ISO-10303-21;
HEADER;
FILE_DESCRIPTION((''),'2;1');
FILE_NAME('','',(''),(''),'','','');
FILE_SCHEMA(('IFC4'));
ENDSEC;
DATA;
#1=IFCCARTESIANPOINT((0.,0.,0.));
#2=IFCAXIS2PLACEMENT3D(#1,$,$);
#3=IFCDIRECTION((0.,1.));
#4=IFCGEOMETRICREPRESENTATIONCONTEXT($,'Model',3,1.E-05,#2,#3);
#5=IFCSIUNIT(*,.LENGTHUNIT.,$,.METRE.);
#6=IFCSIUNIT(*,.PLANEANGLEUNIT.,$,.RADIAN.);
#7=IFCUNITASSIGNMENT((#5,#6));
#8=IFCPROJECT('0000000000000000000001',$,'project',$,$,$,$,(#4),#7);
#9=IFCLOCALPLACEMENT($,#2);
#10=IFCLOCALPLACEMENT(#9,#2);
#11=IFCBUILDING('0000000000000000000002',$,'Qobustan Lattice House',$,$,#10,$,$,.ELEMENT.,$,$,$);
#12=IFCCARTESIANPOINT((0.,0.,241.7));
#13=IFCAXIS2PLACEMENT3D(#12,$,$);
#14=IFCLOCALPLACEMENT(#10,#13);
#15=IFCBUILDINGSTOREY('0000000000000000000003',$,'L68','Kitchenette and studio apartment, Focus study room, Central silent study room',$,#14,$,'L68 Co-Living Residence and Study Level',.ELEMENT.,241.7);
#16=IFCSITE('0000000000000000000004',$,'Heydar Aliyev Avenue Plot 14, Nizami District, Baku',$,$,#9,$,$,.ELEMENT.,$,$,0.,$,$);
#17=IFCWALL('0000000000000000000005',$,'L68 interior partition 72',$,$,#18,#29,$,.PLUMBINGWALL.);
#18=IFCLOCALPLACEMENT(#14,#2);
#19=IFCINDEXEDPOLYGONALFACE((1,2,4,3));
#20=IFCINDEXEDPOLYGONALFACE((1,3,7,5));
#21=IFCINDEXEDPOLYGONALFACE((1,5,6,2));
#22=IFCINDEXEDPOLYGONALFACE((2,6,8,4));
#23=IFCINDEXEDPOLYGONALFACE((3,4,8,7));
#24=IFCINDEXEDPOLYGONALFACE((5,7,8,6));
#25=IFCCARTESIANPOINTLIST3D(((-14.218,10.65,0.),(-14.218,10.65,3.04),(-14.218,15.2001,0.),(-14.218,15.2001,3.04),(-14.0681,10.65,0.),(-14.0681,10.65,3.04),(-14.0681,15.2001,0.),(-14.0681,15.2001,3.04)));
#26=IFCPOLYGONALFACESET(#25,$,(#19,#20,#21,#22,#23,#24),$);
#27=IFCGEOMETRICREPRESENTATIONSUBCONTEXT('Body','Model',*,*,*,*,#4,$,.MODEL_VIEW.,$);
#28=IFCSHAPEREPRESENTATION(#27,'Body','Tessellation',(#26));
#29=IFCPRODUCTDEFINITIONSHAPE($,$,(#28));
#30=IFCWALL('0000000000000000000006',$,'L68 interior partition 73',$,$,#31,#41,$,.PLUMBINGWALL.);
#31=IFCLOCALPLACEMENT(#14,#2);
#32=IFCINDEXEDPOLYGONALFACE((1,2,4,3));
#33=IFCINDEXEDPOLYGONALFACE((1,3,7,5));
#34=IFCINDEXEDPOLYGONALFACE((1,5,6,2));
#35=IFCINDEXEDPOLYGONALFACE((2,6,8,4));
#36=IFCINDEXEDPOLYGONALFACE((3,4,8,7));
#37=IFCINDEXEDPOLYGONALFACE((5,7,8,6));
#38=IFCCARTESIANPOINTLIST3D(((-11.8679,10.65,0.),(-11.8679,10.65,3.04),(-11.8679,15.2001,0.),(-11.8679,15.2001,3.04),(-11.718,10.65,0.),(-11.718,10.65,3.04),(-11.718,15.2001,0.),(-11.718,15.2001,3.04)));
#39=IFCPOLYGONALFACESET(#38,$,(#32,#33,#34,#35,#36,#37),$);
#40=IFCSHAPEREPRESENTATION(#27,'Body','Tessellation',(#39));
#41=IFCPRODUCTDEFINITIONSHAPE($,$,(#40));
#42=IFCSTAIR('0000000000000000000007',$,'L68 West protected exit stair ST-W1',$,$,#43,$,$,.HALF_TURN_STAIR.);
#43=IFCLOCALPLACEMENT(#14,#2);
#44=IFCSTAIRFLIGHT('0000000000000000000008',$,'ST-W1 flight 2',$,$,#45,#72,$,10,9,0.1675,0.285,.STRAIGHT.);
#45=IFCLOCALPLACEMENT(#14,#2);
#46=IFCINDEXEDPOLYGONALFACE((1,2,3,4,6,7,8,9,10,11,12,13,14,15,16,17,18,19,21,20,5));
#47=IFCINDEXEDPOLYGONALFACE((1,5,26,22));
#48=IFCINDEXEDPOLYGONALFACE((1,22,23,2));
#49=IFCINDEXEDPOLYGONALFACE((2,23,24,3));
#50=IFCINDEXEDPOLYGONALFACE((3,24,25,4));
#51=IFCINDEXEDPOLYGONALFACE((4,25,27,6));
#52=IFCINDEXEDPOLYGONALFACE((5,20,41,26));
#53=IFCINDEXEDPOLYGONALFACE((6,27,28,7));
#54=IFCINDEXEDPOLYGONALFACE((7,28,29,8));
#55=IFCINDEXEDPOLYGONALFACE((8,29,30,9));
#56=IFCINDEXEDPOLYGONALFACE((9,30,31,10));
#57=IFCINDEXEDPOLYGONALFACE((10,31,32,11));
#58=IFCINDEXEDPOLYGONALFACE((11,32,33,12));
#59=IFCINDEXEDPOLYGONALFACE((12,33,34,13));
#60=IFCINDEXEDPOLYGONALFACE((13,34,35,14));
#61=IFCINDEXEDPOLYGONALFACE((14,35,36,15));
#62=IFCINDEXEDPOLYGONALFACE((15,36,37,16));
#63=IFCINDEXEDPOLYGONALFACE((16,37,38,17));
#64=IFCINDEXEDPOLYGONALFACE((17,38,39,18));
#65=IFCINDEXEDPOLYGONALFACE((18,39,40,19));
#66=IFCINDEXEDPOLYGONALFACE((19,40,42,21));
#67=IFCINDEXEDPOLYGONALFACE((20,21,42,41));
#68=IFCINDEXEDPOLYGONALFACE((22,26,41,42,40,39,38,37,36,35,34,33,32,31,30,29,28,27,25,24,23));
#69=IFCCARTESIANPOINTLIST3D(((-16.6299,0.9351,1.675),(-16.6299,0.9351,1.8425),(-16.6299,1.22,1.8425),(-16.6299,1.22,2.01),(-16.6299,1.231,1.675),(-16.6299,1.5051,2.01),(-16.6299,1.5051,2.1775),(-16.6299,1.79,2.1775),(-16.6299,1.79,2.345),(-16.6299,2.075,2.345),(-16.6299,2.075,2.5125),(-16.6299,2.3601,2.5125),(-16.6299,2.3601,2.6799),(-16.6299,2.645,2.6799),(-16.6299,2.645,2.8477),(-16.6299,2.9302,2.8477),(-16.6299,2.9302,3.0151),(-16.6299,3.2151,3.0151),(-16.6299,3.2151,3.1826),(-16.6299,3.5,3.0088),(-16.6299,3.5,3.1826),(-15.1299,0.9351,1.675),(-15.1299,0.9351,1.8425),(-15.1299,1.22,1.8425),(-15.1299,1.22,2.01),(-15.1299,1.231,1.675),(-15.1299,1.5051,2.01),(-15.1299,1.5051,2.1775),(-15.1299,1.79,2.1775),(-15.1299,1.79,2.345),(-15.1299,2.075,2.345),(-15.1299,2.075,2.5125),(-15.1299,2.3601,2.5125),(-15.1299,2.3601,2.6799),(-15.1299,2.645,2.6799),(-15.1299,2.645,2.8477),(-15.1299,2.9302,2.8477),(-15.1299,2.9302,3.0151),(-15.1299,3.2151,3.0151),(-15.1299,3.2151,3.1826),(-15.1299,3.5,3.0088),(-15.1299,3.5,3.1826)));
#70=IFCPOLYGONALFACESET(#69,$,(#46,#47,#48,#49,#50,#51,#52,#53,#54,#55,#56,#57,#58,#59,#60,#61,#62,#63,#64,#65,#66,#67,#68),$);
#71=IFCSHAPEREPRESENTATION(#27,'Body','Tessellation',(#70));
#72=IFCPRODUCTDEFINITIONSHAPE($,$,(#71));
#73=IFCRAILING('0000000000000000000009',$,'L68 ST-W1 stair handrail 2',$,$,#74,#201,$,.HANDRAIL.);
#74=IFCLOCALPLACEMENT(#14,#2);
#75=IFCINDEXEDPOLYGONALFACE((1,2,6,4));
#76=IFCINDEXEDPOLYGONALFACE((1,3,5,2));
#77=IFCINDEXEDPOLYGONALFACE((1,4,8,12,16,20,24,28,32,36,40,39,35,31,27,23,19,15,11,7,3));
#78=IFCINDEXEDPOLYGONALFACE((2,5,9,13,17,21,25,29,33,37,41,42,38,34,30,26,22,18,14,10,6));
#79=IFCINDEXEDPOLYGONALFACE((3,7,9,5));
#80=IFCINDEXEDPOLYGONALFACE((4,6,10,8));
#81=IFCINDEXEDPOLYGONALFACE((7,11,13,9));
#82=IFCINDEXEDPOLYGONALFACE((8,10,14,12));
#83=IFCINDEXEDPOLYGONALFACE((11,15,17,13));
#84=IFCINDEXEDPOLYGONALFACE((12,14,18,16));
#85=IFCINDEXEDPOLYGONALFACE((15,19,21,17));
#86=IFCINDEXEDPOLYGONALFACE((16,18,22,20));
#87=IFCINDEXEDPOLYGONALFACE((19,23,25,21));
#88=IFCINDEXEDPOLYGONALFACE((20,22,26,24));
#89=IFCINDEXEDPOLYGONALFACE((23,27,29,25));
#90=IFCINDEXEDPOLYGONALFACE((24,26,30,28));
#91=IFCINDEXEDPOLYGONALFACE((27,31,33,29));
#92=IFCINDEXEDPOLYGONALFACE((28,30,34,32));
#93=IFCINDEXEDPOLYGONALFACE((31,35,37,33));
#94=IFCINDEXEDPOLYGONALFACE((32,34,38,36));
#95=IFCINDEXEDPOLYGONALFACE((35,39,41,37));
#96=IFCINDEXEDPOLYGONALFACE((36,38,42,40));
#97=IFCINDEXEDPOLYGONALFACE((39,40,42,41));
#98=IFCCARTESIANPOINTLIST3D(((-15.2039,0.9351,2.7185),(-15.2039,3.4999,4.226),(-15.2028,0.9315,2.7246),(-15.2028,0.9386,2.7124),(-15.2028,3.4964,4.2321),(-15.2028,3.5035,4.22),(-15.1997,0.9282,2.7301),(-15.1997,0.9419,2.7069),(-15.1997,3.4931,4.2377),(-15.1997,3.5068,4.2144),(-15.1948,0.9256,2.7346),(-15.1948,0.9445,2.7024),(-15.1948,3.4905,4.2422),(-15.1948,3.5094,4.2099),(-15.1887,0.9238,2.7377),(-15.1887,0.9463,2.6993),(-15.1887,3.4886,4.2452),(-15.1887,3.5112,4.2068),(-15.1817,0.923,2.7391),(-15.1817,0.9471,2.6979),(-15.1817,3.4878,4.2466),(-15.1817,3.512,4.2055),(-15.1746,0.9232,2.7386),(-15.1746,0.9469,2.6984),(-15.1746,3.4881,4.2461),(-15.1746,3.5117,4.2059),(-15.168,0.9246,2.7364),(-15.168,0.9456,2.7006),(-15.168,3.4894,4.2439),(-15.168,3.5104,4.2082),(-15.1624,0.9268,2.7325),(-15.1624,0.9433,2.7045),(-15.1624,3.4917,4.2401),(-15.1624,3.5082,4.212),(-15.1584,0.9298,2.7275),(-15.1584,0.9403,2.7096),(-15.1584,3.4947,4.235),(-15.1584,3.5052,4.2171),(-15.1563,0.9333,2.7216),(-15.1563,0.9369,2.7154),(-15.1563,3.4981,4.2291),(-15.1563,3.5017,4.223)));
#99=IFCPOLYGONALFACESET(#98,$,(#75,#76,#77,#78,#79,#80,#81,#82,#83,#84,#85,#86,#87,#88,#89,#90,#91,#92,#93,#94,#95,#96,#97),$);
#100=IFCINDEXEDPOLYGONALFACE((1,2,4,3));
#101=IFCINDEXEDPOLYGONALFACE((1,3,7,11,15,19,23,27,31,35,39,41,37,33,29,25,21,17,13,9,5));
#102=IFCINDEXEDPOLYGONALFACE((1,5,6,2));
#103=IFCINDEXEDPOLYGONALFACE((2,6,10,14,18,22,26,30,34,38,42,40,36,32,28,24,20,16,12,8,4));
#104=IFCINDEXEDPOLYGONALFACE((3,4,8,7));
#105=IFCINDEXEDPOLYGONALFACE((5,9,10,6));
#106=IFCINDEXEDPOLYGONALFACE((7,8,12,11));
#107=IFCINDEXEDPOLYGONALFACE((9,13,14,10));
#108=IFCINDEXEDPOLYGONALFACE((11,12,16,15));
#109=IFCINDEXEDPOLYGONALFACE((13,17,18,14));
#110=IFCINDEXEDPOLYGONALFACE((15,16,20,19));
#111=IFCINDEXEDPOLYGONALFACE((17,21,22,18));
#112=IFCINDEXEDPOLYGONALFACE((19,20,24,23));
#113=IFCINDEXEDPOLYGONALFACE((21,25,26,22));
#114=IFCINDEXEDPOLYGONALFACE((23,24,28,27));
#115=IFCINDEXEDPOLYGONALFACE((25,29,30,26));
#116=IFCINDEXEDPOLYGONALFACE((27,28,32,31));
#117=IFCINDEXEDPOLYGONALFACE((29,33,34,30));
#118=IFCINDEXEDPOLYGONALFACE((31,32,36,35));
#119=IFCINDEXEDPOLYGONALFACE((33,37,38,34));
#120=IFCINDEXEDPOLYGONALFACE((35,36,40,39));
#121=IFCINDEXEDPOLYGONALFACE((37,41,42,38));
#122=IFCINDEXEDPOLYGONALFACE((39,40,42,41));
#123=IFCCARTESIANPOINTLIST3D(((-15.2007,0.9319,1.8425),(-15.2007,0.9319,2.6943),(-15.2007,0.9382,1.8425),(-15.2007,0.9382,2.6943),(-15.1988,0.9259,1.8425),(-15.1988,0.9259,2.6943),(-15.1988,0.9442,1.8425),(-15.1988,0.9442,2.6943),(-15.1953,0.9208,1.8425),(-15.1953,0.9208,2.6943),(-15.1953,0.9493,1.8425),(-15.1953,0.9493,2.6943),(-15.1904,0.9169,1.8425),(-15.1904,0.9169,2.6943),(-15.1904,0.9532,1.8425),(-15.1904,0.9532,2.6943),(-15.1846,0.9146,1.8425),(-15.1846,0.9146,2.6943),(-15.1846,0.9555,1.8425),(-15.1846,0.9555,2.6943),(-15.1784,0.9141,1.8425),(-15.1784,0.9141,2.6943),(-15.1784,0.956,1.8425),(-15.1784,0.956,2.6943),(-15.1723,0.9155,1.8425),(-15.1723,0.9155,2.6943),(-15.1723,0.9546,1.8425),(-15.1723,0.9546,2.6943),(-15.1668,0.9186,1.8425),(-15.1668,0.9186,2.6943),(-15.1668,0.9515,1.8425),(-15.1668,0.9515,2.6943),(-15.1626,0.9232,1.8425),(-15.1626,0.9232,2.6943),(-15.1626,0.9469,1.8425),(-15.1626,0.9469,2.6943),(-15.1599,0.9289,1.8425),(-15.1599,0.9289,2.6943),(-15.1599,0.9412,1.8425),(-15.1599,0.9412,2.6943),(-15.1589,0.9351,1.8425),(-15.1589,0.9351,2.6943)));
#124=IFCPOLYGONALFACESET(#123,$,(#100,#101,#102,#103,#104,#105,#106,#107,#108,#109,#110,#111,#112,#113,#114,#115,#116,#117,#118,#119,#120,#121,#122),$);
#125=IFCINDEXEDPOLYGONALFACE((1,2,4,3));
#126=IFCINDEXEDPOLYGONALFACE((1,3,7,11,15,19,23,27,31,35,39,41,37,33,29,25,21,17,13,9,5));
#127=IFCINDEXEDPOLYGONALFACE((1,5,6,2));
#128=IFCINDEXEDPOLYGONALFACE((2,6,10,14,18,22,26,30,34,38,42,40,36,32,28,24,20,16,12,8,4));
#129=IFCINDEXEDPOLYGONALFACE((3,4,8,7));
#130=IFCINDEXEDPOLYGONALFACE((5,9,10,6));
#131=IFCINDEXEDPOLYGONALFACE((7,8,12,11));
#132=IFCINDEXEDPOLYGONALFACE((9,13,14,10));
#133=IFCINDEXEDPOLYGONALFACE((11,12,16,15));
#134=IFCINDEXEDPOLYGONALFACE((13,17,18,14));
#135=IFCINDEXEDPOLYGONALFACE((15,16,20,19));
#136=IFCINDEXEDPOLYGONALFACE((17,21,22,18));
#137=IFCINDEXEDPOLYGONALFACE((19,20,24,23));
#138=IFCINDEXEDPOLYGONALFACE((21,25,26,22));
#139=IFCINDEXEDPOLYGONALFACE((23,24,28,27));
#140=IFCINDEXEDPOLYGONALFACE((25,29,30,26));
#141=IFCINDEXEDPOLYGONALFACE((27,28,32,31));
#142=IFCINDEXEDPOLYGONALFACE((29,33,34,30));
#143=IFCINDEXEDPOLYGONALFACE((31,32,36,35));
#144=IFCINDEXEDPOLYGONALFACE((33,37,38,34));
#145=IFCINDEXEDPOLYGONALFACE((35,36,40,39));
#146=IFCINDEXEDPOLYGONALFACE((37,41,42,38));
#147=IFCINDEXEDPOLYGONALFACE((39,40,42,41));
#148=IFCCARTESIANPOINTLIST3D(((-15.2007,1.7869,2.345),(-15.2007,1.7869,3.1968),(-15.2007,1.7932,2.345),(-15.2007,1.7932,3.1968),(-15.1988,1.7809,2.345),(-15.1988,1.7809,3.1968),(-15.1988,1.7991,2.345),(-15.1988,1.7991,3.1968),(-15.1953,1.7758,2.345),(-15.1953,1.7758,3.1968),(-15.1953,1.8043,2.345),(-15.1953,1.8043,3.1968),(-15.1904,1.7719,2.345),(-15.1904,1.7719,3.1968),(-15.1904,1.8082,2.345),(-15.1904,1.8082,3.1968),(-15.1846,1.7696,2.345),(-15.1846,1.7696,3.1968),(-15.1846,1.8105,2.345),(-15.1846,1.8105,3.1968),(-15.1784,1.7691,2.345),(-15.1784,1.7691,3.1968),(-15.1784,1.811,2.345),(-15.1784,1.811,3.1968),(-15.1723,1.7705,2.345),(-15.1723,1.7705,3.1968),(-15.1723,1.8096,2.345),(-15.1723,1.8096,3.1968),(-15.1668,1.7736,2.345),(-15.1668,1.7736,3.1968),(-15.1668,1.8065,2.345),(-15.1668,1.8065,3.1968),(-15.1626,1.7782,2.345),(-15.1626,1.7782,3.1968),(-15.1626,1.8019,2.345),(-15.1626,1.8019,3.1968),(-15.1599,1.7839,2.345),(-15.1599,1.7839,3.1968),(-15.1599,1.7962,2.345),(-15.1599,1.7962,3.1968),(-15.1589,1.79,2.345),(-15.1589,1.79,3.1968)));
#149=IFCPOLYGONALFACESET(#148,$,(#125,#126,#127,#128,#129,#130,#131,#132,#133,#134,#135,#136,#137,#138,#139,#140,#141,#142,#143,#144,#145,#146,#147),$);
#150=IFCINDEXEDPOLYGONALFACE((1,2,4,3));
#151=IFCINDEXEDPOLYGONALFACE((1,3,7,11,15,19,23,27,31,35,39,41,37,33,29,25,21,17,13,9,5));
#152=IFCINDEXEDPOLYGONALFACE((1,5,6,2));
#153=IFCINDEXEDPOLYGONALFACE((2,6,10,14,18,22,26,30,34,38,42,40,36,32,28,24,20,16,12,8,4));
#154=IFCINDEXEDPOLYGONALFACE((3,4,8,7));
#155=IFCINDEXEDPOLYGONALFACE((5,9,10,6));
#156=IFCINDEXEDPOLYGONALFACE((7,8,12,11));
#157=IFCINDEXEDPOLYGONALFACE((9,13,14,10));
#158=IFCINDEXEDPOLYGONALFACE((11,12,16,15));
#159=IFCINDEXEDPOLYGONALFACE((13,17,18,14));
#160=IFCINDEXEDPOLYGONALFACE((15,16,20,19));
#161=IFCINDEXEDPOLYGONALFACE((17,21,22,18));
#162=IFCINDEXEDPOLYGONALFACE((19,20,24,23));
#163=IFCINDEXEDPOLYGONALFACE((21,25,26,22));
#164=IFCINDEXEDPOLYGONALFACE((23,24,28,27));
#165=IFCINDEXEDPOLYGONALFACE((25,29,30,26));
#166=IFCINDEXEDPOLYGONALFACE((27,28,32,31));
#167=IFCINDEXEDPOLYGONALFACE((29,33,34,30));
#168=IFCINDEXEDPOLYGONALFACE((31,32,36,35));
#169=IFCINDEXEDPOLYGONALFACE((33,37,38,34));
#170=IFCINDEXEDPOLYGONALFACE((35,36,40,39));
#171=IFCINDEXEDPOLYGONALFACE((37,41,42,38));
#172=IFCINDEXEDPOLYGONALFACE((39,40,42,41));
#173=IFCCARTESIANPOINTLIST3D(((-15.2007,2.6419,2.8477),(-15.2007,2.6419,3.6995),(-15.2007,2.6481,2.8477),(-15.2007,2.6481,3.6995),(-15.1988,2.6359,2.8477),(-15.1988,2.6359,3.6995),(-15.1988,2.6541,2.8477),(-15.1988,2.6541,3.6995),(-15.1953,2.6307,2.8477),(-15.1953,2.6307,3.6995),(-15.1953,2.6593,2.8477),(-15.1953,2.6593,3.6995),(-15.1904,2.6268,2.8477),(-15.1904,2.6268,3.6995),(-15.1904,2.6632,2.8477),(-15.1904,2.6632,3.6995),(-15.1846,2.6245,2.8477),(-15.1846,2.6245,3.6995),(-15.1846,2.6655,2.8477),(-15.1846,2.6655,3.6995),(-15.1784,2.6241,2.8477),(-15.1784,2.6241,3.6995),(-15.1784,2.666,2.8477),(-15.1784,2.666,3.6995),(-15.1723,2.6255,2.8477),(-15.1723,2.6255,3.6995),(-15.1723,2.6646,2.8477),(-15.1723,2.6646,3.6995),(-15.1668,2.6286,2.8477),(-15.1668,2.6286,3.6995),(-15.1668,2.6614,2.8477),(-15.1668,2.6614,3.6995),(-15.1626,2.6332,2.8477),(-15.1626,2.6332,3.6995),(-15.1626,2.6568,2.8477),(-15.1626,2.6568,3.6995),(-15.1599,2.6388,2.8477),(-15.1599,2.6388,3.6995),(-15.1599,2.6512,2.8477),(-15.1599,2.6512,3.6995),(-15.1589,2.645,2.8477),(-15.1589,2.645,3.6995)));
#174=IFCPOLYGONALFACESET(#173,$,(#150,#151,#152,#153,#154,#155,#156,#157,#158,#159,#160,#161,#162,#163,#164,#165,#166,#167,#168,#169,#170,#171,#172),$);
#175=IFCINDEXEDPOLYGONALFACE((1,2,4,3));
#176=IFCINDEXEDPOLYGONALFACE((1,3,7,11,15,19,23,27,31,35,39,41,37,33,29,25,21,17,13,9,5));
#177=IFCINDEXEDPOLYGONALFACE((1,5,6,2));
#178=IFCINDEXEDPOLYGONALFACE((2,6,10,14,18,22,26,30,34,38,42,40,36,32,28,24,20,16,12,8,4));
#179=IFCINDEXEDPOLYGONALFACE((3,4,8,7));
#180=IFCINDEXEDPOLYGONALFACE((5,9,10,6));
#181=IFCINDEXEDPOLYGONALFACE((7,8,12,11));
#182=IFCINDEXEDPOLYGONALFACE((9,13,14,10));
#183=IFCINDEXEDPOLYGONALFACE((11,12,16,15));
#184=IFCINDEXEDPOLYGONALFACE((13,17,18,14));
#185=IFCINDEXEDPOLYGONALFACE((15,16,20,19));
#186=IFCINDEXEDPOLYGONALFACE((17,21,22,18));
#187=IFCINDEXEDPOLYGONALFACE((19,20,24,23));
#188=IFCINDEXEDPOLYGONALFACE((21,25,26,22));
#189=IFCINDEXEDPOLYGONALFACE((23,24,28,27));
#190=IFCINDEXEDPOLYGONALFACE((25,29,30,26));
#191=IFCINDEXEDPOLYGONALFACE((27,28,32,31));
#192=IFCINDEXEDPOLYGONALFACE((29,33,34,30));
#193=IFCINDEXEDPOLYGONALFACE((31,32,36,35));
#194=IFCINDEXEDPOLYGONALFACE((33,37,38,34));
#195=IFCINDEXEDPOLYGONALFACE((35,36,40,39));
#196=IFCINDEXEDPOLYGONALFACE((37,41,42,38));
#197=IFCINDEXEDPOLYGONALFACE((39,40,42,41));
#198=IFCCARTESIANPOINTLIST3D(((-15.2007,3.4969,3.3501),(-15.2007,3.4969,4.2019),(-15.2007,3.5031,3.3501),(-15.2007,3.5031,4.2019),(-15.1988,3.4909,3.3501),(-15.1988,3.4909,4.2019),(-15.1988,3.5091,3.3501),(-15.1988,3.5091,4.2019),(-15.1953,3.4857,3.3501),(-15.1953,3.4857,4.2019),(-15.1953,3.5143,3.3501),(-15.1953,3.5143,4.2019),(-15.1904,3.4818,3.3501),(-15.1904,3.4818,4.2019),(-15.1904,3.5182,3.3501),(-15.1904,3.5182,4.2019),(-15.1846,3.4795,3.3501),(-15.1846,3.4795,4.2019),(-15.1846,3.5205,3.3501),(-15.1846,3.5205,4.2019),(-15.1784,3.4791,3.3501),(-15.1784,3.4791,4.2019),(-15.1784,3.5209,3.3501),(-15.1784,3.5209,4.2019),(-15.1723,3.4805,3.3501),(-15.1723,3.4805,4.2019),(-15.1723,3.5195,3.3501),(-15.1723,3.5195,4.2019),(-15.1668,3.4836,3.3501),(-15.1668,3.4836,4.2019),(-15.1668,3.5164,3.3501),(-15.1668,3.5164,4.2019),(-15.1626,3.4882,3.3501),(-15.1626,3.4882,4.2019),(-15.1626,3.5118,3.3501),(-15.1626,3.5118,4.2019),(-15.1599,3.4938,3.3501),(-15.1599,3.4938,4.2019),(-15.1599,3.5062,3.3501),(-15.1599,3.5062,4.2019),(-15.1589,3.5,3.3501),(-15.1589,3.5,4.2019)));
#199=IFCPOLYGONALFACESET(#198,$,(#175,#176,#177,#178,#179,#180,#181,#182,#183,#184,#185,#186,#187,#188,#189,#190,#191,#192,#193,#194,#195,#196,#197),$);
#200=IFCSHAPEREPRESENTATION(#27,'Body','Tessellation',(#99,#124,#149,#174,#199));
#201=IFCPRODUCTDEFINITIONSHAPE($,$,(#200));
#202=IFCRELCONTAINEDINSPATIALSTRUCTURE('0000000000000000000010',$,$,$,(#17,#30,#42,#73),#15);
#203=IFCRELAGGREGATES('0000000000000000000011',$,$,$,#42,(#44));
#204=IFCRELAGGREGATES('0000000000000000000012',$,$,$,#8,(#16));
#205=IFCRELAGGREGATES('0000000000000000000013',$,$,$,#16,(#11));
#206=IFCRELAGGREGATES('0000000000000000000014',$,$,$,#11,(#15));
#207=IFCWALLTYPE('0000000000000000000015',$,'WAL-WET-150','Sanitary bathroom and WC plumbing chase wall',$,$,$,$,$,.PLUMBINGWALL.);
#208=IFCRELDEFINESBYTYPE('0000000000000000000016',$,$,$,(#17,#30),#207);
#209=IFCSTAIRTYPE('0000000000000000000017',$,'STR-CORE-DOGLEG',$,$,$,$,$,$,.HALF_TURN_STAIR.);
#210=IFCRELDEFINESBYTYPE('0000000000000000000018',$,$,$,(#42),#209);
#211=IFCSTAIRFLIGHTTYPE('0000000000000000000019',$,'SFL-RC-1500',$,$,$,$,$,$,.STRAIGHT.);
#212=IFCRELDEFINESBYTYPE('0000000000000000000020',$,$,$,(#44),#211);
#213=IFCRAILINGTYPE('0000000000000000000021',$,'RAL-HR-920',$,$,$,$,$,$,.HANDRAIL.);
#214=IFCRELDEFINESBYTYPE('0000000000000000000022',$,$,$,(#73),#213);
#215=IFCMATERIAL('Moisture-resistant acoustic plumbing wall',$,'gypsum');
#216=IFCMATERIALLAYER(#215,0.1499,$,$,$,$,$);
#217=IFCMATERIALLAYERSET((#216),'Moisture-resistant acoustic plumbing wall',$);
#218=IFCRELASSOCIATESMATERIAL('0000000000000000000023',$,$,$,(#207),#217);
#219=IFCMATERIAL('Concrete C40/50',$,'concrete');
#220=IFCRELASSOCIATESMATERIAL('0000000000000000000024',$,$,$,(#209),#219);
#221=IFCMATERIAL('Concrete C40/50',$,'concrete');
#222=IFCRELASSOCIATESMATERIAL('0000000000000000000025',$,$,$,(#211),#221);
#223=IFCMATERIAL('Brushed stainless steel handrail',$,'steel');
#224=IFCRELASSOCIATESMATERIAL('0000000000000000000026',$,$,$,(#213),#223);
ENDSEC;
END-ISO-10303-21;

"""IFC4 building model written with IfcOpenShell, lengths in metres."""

from ifc_helpers import new_model, si_unit, direction, frame, frame_2d, origin, origin_2d, place, context, subcontext, project, spatial, polyline, rectangle, circle, outline, extrude, material, layer, layer_set, type_object, element, aggregate, save


model = new_model("IFC4")

# Units and contexts
model_context = context("Model", 3, precision=1e-05, world=origin(), true_north=direction((0.0, 1.0)))
body_context = subcontext(model_context, "Body", "Model", "MODEL_VIEW")
ifc_project = project(units=[si_unit("LENGTHUNIT", "METRE"), si_unit("PLANEANGLEUNIT", "RADIAN")], contexts=[model_context])

# Site, building, storey
site_placement = place(None, origin())
site = spatial("IfcSite", under=ifc_project, at=site_placement, Name="Heydar Aliyev Avenue Plot 14, Nizami District, Baku", CompositionType="ELEMENT", RefElevation=0.0)
building_placement = place(site_placement, origin())
building = spatial("IfcBuilding", under=site, at=building_placement, Name="Qobustan Lattice House", CompositionType="ELEMENT")
storey_placement = place(building_placement, frame((0.0, 0.0, 241.7)))
storey = spatial("IfcBuildingStorey", under=building, at=storey_placement, Name="L68", Description="Kitchenette and studio apartment, Focus study room, Central silent study room", LongName="L68 Co-Living Residence and Study Level", CompositionType="ELEMENT", Elevation=241.7)

# Shared definitions
ifc_material_1 = material(Name="Moisture-resistant acoustic plumbing wall", Category="gypsum")
ifc_layer_1 = layer(ifc_material_1, 0.1499)
ifc_layer_set_1 = layer_set([ifc_layer_1], Name="Moisture-resistant acoustic plumbing wall")
wall_type_1 = type_object("IfcWallType", Name="WAL-WET-150", Description="Sanitary bathroom and WC plumbing chase wall", PredefinedType="PLUMBINGWALL", material=ifc_layer_set_1)

# Walls
for number, where, z_axis, x_axis, name in (
    (1, (-14.1431, 15.2, 0.0), (0.0, 0.0, 1.0), (0.0, -1.0, 0.0), "L68 interior partition 72"),
    (2, (-11.793, 15.2, 0.0), (0.0, 0.0, 1.0), (0.0, -1.0, 0.0), "L68 interior partition 73"),
):
    element("IfcWall", number, at=place(storey_placement, frame(where, z_axis=z_axis, x_axis=x_axis)), inside=storey, type_object=wall_type_1, Name=name, PredefinedType="PLUMBINGWALL", context=body_context, shape_type="SweptSolid", body=[
        extrude(rectangle(XDim=4.55, YDim=0.1499, at=frame_2d((2.2749, 0.0))), origin(), (0.0, 0.0, 1.0), 3.04),
    ])

# Stair, stair flight
ifc_material_2 = material(Name="Concrete C40/50", Category="concrete")
stair_type = type_object("IfcStairType", Name="STR-CORE-DOGLEG", PredefinedType="HALF_TURN_STAIR", material=ifc_material_2)
stair_placement = place(storey_placement, origin())
stair = element("IfcStair", 3, at=stair_placement, inside=storey, type_object=stair_type, Name="L68 West protected exit stair ST-W1", PredefinedType="HALF_TURN_STAIR")
ifc_material_3 = material(Name="Concrete C40/50", Category="concrete")
stair_flight_type = type_object("IfcStairFlightType", Name="SFL-RC-1500", PredefinedType="STRAIGHT", material=ifc_material_3)
stair_flight_placement = place(storey_placement, frame((-15.8799, 0.9351, 1.675), z_axis=(0.0, 0.0, 1.0), x_axis=(0.0, 1.0, 0.0)))
stair_flight = element("IfcStairFlight", 4, at=stair_flight_placement, type_object=stair_flight_type, Name="ST-W1 flight 2", NumberOfRisers=10, NumberOfTreads=9, PredefinedType="STRAIGHT", RiserHeight=0.1675, TreadLength=0.285, context=body_context, shape_type="SweptSolid", body=[
    extrude(outline(polyline([(0.0, 0.0), (0.0, 0.1675), (0.2849, 0.1675), (0.2849, 0.335), (0.5701, 0.335), (0.5701, 0.5024), (0.855, 0.5024), (0.855, 0.6699), (1.1399, 0.6699), (1.1399, 0.8374), (1.425, 0.8374), (1.425, 1.0049), (1.71, 1.0049), (1.71, 1.1726), (1.9951, 1.1726), (1.9951, 1.3401), (2.28, 1.3401), (2.28, 1.5076), (2.5649, 1.5076), (2.5649, 1.675), (2.5649, 1.3337), (0.2959, 0.0), (0.0, 0.0)])), frame((0.0, 0.75, 0.0), z_axis=(0.0, -1.0, 0.0), x_axis=(1.0, 0.0, 0.0)), (0.0, 0.0, 1.0), 1.5),
])
aggregate(stair, [stair_flight])

# Railing
ifc_material_4 = material(Name="Brushed stainless steel handrail", Category="steel")
railing_type_1 = type_object("IfcRailingType", Name="RAL-HR-920", PredefinedType="HANDRAIL", material=ifc_material_4)
railing_1_placement = place(storey_placement, frame((-15.1799, 0.9351, 1.8425)))
element("IfcRailing", 5, at=railing_1_placement, inside=storey, type_object=railing_type_1, Name="L68 ST-W1 stair handrail 2", PredefinedType="HANDRAIL", context=body_context, shape_type="SweptSolid", body=[
    extrude(circle(Radius=0.0239, at=origin_2d()), frame((0.0, 0.0, 0.876), z_axis=(0.0, 0.862113, 0.506715), x_axis=(-1.0, 0.0, 0.0)), (0.0, 0.0, 1.0), 2.9751),
    extrude(circle(Radius=0.021, at=origin_2d()), origin(), (0.0, 0.0, 1.0), 0.8518),
    extrude(circle(Radius=0.021, at=origin_2d()), frame((0.0, 0.855, 0.5024)), (0.0, 0.0, 1.0), 0.8518),
    extrude(circle(Radius=0.021, at=origin_2d()), frame((0.0, 1.71, 1.0051)), (0.0, 0.0, 1.0), 0.8518),
    extrude(circle(Radius=0.021, at=origin_2d()), frame((0.0, 2.5649, 1.5076)), (0.0, 0.0, 1.0), 0.8518),
])

save(model, "model.ifc")
